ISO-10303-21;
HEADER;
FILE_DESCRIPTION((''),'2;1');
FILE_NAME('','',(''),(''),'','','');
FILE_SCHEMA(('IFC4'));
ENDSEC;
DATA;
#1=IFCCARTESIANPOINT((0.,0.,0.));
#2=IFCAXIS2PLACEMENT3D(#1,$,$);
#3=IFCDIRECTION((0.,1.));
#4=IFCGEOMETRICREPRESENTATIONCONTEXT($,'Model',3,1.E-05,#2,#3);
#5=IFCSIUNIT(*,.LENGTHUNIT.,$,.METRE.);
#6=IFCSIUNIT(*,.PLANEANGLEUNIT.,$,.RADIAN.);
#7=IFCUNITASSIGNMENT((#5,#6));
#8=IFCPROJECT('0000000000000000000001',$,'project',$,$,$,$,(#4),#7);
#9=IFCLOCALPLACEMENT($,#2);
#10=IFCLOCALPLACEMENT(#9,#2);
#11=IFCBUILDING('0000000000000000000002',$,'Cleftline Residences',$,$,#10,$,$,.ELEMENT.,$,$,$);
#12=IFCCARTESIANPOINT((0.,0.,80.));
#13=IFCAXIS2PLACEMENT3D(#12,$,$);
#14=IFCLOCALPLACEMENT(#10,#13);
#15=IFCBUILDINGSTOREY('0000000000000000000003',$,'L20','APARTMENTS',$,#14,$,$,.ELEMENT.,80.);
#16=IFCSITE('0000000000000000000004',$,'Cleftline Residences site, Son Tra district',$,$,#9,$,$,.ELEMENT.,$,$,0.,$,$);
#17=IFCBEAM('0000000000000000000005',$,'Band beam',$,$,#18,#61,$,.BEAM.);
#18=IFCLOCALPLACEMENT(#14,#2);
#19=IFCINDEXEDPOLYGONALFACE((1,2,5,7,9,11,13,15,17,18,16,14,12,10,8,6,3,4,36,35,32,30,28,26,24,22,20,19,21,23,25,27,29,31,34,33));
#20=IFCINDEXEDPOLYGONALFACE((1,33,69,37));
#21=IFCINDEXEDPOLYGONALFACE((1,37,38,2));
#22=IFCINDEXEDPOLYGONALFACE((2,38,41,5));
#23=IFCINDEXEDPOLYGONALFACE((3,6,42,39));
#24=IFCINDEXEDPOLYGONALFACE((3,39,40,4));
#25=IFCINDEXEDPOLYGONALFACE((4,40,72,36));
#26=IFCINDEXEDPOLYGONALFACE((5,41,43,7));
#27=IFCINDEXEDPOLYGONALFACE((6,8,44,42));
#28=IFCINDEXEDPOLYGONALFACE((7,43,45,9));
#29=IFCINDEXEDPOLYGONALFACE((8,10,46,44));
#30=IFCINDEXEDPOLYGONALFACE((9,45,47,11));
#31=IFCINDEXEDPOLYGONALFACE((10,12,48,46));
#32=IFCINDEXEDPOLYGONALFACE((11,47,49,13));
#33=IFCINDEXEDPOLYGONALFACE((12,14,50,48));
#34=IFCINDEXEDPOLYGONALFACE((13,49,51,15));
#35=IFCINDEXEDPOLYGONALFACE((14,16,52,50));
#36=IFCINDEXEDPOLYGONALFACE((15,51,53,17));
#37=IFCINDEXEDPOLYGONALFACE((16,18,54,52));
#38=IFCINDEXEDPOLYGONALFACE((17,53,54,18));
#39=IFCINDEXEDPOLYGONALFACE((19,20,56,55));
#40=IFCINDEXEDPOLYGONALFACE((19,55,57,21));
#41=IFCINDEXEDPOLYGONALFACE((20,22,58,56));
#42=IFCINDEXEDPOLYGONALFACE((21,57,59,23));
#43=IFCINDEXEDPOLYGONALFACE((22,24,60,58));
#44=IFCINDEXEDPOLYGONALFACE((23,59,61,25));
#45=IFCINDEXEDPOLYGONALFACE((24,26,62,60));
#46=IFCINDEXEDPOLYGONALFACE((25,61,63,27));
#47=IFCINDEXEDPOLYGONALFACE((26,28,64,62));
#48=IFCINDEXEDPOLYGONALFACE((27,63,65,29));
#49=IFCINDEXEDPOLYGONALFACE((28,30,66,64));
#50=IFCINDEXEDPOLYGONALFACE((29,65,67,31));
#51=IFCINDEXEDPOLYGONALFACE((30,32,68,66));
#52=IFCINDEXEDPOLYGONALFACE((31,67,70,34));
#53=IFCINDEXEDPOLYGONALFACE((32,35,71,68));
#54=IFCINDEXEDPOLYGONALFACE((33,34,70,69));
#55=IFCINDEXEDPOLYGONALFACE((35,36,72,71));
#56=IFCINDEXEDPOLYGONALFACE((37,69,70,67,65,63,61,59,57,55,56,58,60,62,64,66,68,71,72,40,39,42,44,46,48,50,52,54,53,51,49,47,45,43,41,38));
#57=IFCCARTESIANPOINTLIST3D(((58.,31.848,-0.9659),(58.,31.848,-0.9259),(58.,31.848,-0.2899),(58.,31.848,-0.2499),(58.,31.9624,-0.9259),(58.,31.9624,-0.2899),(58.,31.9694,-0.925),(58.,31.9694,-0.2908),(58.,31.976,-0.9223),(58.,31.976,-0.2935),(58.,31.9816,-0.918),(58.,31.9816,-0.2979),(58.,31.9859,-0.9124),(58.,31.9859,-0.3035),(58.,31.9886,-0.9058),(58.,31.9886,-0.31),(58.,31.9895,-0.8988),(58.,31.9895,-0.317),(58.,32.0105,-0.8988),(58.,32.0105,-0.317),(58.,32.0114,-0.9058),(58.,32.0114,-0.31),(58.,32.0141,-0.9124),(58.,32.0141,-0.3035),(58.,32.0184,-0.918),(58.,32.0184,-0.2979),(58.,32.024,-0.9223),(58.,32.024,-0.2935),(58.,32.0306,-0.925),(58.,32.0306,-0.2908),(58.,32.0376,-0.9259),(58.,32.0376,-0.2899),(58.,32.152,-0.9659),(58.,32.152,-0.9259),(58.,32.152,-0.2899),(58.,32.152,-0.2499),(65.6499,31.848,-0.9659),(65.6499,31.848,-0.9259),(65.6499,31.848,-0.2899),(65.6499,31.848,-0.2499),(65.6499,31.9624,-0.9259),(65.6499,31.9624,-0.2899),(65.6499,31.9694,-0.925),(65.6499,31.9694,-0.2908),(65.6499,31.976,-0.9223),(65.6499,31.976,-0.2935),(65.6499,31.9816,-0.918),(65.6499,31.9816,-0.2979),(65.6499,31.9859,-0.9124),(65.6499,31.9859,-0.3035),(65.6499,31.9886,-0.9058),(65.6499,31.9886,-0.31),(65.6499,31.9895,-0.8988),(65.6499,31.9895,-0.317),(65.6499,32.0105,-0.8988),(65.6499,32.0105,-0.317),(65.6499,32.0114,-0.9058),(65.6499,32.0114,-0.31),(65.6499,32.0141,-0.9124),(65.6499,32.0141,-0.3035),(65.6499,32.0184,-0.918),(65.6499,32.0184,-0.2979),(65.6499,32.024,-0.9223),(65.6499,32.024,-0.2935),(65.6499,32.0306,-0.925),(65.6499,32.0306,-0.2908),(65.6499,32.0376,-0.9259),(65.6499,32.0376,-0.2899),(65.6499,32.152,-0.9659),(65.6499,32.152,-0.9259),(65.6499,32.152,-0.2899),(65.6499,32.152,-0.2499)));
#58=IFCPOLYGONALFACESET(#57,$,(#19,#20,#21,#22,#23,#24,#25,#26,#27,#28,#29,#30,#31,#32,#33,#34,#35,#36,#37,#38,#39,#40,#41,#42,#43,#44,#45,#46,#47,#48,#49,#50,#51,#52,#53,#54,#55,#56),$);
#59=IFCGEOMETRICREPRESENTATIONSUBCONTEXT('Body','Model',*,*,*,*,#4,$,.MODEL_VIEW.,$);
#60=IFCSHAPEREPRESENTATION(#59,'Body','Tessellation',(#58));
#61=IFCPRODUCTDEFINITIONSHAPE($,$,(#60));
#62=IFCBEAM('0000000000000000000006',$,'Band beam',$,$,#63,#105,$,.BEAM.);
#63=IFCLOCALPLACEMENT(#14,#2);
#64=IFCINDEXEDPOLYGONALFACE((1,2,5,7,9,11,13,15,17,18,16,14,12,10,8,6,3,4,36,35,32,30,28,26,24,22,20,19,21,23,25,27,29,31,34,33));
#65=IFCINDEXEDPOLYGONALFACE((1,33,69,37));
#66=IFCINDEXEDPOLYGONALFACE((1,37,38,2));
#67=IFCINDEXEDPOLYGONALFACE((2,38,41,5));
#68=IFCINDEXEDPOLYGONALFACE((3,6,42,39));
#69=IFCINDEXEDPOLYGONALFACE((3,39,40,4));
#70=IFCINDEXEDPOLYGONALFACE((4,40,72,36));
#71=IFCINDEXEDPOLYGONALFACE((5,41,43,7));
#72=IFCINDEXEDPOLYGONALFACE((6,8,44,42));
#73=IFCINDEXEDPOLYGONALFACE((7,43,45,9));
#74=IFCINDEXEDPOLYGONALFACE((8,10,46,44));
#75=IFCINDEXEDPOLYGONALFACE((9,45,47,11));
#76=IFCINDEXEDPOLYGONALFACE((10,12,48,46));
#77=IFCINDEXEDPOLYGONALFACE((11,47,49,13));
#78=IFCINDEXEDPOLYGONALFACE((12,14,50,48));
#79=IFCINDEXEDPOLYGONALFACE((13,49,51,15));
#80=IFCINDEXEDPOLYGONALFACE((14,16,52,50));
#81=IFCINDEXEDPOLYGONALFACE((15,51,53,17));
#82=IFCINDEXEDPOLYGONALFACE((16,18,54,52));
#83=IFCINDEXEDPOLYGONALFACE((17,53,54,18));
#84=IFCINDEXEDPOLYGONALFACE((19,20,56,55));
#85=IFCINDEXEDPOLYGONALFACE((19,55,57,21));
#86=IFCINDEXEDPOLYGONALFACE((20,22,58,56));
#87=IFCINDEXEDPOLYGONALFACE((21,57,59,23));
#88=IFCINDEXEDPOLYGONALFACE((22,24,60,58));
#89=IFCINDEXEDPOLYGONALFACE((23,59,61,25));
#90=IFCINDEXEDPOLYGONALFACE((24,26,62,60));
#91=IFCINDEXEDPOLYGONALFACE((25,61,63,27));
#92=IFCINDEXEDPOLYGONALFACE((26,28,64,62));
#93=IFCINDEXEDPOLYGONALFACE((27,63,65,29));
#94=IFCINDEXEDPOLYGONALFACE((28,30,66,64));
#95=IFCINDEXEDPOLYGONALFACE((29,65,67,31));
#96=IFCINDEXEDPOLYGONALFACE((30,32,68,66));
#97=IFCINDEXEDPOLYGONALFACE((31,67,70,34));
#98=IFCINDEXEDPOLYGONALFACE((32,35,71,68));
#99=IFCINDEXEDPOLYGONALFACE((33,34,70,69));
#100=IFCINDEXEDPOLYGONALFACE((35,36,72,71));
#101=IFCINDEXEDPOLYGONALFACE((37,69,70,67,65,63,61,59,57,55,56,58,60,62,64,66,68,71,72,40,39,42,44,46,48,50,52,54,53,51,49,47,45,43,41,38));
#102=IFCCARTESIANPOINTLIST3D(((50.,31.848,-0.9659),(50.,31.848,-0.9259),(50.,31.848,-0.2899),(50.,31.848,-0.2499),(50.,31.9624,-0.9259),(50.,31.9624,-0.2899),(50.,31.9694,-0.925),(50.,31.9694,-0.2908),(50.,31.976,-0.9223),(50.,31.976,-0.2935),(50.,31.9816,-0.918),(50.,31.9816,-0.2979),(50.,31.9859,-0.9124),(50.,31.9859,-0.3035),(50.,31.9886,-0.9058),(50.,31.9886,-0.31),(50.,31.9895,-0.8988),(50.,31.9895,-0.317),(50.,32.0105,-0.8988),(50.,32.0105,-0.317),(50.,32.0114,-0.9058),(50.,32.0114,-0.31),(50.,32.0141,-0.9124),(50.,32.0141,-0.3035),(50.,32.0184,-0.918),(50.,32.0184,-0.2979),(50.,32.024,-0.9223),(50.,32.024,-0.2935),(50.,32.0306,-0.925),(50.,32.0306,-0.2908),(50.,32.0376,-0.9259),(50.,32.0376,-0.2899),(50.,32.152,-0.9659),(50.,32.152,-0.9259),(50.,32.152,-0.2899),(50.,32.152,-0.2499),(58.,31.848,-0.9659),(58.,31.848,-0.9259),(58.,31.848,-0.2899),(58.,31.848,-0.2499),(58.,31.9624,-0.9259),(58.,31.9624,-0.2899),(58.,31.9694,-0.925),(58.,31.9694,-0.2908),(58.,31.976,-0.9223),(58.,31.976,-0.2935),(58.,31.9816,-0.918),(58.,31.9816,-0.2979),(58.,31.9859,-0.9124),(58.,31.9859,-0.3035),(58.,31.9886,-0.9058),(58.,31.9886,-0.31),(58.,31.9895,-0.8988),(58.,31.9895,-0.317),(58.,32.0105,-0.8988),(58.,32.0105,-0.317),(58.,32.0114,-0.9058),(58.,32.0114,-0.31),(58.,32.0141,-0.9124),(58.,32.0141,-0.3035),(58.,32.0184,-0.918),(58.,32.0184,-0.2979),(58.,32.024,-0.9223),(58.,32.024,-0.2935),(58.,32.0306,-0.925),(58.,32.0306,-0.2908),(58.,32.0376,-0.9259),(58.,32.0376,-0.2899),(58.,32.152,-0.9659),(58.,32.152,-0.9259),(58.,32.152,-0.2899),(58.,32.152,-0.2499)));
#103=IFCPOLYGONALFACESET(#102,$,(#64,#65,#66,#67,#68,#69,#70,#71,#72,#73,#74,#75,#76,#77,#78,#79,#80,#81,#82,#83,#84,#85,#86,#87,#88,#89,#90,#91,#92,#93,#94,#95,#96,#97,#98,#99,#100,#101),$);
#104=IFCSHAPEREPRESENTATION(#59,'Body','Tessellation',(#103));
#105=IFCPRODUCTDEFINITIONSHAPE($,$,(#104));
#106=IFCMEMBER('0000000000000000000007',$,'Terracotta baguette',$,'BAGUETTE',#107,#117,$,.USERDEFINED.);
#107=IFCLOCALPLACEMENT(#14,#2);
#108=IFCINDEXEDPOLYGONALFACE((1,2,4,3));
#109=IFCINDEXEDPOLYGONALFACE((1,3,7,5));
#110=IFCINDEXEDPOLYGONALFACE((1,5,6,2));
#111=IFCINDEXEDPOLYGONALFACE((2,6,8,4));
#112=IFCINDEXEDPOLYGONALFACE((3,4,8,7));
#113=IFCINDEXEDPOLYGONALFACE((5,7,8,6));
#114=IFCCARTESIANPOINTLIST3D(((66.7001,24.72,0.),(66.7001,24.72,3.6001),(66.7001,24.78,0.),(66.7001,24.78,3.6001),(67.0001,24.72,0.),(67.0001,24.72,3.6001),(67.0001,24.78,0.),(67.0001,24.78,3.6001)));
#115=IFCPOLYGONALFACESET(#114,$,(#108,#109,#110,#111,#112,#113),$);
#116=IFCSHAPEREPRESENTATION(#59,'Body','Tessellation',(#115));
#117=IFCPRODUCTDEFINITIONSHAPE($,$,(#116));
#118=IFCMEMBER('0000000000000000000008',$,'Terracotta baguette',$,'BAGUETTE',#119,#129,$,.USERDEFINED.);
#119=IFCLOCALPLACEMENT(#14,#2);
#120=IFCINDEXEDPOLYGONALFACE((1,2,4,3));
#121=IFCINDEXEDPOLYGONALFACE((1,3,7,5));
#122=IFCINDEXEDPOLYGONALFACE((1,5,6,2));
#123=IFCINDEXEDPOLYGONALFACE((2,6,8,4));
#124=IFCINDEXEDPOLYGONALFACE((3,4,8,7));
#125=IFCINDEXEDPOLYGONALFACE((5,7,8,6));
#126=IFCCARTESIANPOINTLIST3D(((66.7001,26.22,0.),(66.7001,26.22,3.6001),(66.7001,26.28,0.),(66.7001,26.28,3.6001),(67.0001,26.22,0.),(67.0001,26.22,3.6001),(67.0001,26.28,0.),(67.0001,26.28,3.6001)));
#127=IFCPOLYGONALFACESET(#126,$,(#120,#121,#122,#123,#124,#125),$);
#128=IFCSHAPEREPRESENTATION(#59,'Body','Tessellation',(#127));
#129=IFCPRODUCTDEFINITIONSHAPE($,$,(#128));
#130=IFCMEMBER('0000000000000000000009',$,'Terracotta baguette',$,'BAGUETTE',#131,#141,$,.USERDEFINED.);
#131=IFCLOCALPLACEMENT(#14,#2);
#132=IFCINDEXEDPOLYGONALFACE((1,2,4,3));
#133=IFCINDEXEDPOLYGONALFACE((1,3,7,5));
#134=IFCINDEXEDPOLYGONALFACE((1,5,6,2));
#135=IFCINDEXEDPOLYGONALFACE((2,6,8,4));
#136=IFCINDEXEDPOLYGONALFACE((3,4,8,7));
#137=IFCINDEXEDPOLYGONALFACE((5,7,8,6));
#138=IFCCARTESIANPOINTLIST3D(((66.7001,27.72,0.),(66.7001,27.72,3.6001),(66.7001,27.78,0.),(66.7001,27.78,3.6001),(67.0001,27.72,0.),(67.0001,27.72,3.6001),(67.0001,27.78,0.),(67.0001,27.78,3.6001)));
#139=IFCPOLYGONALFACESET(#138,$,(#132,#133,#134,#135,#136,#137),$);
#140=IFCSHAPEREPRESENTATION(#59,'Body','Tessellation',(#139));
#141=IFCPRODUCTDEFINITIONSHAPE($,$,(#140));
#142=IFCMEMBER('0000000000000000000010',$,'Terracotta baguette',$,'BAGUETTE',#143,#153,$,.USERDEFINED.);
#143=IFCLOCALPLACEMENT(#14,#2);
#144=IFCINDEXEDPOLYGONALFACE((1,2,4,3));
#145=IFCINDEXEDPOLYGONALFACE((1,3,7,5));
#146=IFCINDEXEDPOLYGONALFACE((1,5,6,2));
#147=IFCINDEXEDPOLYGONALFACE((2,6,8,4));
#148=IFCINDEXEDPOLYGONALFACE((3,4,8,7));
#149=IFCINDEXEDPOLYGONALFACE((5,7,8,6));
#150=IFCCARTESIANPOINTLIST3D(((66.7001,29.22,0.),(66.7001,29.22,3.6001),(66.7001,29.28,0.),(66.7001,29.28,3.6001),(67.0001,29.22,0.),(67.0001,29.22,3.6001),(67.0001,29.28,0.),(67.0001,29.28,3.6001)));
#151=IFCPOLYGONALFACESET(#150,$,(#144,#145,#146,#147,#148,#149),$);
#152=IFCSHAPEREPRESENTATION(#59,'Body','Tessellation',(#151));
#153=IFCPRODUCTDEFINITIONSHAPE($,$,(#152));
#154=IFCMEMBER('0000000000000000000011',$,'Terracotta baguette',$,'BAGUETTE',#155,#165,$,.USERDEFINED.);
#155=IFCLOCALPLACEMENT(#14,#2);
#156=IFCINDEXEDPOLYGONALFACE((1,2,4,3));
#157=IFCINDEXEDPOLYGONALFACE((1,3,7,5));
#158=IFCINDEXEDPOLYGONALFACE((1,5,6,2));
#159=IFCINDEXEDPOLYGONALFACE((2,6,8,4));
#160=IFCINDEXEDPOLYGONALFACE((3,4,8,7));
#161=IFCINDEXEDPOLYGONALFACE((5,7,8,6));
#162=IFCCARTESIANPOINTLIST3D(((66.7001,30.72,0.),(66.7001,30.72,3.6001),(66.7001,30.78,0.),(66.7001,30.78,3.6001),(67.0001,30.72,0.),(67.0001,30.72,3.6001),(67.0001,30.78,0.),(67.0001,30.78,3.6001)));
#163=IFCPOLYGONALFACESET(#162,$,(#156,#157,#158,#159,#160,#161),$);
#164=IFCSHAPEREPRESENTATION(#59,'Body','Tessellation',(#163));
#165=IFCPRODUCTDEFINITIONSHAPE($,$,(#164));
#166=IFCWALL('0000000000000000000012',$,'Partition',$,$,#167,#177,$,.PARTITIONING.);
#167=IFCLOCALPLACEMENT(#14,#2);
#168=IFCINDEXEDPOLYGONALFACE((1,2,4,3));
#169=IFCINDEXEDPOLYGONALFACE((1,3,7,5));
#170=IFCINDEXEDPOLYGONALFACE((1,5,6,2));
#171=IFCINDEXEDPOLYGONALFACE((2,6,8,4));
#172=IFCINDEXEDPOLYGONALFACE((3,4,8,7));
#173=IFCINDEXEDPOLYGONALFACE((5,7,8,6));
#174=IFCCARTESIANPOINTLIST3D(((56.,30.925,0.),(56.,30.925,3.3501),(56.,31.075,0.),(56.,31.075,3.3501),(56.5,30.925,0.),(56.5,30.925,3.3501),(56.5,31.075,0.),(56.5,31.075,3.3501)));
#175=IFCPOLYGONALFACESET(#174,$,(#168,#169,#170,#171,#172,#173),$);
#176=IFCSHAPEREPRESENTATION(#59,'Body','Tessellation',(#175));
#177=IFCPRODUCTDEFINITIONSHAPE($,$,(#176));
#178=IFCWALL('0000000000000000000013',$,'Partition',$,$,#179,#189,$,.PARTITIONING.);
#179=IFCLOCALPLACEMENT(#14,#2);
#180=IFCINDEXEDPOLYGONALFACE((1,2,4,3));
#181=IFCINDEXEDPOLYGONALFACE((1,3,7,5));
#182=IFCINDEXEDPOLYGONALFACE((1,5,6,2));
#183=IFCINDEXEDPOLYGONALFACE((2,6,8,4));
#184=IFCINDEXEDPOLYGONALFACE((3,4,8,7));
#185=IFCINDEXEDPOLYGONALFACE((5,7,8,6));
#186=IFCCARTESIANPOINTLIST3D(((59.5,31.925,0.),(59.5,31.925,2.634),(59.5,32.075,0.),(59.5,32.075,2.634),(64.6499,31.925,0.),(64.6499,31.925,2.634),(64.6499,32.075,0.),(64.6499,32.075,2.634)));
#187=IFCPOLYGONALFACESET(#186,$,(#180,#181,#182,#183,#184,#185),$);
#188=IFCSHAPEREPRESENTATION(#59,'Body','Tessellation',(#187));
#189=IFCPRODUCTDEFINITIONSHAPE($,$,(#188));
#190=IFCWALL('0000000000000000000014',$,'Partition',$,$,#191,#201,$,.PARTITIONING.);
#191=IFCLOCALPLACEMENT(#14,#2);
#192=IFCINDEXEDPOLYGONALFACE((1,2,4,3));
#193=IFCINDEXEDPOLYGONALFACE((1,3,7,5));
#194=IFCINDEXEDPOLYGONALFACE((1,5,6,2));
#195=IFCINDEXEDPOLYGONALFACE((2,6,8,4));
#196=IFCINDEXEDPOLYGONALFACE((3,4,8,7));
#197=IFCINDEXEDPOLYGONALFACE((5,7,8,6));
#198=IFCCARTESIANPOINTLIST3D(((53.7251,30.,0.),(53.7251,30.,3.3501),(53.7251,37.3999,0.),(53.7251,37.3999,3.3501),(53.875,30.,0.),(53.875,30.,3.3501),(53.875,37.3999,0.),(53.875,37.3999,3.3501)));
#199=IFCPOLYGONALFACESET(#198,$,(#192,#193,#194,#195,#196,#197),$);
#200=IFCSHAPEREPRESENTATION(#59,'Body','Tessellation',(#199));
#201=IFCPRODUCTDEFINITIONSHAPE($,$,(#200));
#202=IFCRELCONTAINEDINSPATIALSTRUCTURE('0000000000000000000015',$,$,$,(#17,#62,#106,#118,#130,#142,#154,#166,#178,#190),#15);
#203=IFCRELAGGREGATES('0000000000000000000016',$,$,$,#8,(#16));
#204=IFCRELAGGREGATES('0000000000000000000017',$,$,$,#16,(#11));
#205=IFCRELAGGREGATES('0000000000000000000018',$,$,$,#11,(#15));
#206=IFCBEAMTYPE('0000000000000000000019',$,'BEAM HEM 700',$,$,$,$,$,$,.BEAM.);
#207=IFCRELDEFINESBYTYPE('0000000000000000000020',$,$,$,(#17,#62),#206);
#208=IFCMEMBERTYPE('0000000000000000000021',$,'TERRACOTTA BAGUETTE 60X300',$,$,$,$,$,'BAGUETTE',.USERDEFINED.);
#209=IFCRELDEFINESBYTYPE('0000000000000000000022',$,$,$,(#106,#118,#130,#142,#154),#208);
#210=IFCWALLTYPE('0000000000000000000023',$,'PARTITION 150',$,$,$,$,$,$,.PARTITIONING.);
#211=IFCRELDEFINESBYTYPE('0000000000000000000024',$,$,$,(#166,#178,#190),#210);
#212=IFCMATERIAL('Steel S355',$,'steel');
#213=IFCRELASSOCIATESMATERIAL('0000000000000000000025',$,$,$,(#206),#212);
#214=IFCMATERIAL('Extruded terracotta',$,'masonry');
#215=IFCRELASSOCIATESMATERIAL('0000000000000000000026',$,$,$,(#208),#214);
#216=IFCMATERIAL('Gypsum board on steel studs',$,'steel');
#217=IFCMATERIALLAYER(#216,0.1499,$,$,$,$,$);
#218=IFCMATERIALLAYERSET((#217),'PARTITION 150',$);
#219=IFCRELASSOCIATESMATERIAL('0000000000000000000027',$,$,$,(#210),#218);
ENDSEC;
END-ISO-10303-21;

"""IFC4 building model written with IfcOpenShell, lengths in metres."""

from ifc_helpers import new_model, si_unit, direction, frame, frame_2d, origin, origin_2d, place, context, subcontext, project, spatial, rectangle, i_section, extrude, material, layer, layer_set, material_profile, profile_set, type_object, element, save


model = new_model("IFC4")

# Units and contexts
model_context = context("Model", 3, precision=1e-05, world=origin(), true_north=direction((0.0, 1.0)))
body_context = subcontext(model_context, "Body", "Model", "MODEL_VIEW")
ifc_project = project(units=[si_unit("LENGTHUNIT", "METRE"), si_unit("PLANEANGLEUNIT", "RADIAN")], contexts=[model_context])

# Site, building, storey
site_placement = place(None, origin())
site = spatial("IfcSite", under=ifc_project, at=site_placement, Name="Cleftline Residences site, Son Tra district", CompositionType="ELEMENT", RefElevation=0.0)
building_placement = place(site_placement, origin())
building = spatial("IfcBuilding", under=site, at=building_placement, Name="Cleftline Residences", CompositionType="ELEMENT")
storey_placement = place(building_placement, frame((0.0, 0.0, 80.0)))
storey = spatial("IfcBuildingStorey", under=building, at=storey_placement, Name="L20", Description="APARTMENTS", CompositionType="ELEMENT", Elevation=80.0)

# Beams
ifc_material_1 = material(Name="Steel S355", Category="steel")
ifc_material_profile_1 = material_profile(ifc_material_1, i_section(OverallWidth=0.304, OverallDepth=0.7161, WebThickness=0.021, FlangeThickness=0.04, FilletRadius=0.0271, at=origin_2d()))
ifc_profile_set_1 = profile_set([ifc_material_profile_1], Name="Steel S355")
beam_type_1 = type_object("IfcBeamType", Name="BEAM HEM 700", PredefinedType="BEAM", material=ifc_profile_set_1)
beam_1_placement = place(storey_placement, frame((65.6499, 32.0, -0.6079), z_axis=(-1.0, 0.0, 0.0), x_axis=(0.0, -1.0, 0.0)))
element("IfcBeam", 1, at=beam_1_placement, inside=storey, type_object=beam_type_1, Name="Band beam", PredefinedType="BEAM", context=body_context, shape_type="SweptSolid", body=[
    extrude(i_section(OverallWidth=0.304, OverallDepth=0.7161, WebThickness=0.021, FlangeThickness=0.04, FilletRadius=0.0271, at=origin_2d()), origin(), (0.0, 0.0, 1.0), 7.6499),
])
beam_2_placement = place(storey_placement, frame((58.0, 32.0, -0.6079), z_axis=(-1.0, 0.0, 0.0), x_axis=(0.0, -1.0, 0.0)))
element("IfcBeam", 2, at=beam_2_placement, inside=storey, type_object=beam_type_1, Name="Band beam", PredefinedType="BEAM", context=body_context, shape_type="SweptSolid", body=[
    extrude(i_section(OverallWidth=0.304, OverallDepth=0.7161, WebThickness=0.021, FlangeThickness=0.04, FilletRadius=0.0271, at=origin_2d()), origin(), (0.0, 0.0, 1.0), 8.0),
])

# Members
ifc_material_2 = material(Name="Extruded terracotta", Category="masonry")
ifc_material_profile_2 = material_profile(ifc_material_2, rectangle(XDim=0.0601, YDim=0.3, at=origin_2d()))
ifc_profile_set_2 = profile_set([ifc_material_profile_2], Name="Extruded terracotta")
member_type_1 = type_object("IfcMemberType", Name="TERRACOTTA BAGUETTE 60X300", ElementType="BAGUETTE", PredefinedType="USERDEFINED", material=ifc_profile_set_2)
for number, where, z_axis, x_axis, name in (
    (3, (66.8501, 24.75, 0.0), (0.0, 0.0, 1.0), (0.0, 1.0, 0.0), "Terracotta baguette"),
    (4, (66.8501, 26.25, 0.0), (0.0, 0.0, 1.0), (0.0, 1.0, 0.0), "Terracotta baguette"),
    (5, (66.8501, 27.75, 0.0), (0.0, 0.0, 1.0), (0.0, 1.0, 0.0), "Terracotta baguette"),
    (6, (66.8501, 29.25, 0.0), (0.0, 0.0, 1.0), (0.0, 1.0, 0.0), "Terracotta baguette"),
    (7, (66.8501, 30.75, 0.0), (0.0, 0.0, 1.0), (0.0, 1.0, 0.0), "Terracotta baguette"),
):
    element("IfcMember", number, at=place(storey_placement, frame(where, z_axis=z_axis, x_axis=x_axis)), inside=storey, type_object=member_type_1, Name=name, ObjectType="BAGUETTE", PredefinedType="USERDEFINED", context=body_context, shape_type="SweptSolid", body=[
        extrude(rectangle(XDim=0.0601, YDim=0.3, at=origin_2d()), origin(), (0.0, 0.0, 1.0), 3.6001),
    ])

# Walls
ifc_material_3 = material(Name="Gypsum board on steel studs", Category="steel")
ifc_layer_1 = layer(ifc_material_3, 0.1499)
ifc_layer_set_1 = layer_set([ifc_layer_1], Name="PARTITION 150")
wall_type_1 = type_object("IfcWallType", Name="PARTITION 150", PredefinedType="PARTITIONING", material=ifc_layer_set_1)
wall_1_placement = place(storey_placement, frame((56.0, 31.0, 0.0), z_axis=(0.0, 0.0, 1.0), x_axis=(1.0, 0.0, 0.0)))
element("IfcWall", 8, at=wall_1_placement, inside=storey, type_object=wall_type_1, Name="Partition", PredefinedType="PARTITIONING", context=body_context, shape_type="SweptSolid", body=[
    extrude(rectangle(XDim=0.5, YDim=0.1499, at=frame_2d((0.25, 0.0))), origin(), (0.0, 0.0, 1.0), 3.3501),
])
wall_2_placement = place(storey_placement, frame((59.5, 32.0, 0.0), z_axis=(0.0, 0.0, 1.0), x_axis=(1.0, 0.0, 0.0)))
element("IfcWall", 9, at=wall_2_placement, inside=storey, type_object=wall_type_1, Name="Partition", PredefinedType="PARTITIONING", context=body_context, shape_type="SweptSolid", body=[
    extrude(rectangle(XDim=5.1499, YDim=0.1499, at=frame_2d((2.575, 0.0))), origin(), (0.0, 0.0, 1.0), 2.634),
])
wall_3_placement = place(storey_placement, frame((53.8, 30.0, 0.0), z_axis=(0.0, 0.0, 1.0), x_axis=(0.0, 1.0, 0.0)))
element("IfcWall", 10, at=wall_3_placement, inside=storey, type_object=wall_type_1, Name="Partition", PredefinedType="PARTITIONING", context=body_context, shape_type="SweptSolid", body=[
    extrude(rectangle(XDim=7.3999, YDim=0.1499, at=frame_2d((3.7, 0.0))), origin(), (0.0, 0.0, 1.0), 3.3501),
])

save(model, "model.ifc")
